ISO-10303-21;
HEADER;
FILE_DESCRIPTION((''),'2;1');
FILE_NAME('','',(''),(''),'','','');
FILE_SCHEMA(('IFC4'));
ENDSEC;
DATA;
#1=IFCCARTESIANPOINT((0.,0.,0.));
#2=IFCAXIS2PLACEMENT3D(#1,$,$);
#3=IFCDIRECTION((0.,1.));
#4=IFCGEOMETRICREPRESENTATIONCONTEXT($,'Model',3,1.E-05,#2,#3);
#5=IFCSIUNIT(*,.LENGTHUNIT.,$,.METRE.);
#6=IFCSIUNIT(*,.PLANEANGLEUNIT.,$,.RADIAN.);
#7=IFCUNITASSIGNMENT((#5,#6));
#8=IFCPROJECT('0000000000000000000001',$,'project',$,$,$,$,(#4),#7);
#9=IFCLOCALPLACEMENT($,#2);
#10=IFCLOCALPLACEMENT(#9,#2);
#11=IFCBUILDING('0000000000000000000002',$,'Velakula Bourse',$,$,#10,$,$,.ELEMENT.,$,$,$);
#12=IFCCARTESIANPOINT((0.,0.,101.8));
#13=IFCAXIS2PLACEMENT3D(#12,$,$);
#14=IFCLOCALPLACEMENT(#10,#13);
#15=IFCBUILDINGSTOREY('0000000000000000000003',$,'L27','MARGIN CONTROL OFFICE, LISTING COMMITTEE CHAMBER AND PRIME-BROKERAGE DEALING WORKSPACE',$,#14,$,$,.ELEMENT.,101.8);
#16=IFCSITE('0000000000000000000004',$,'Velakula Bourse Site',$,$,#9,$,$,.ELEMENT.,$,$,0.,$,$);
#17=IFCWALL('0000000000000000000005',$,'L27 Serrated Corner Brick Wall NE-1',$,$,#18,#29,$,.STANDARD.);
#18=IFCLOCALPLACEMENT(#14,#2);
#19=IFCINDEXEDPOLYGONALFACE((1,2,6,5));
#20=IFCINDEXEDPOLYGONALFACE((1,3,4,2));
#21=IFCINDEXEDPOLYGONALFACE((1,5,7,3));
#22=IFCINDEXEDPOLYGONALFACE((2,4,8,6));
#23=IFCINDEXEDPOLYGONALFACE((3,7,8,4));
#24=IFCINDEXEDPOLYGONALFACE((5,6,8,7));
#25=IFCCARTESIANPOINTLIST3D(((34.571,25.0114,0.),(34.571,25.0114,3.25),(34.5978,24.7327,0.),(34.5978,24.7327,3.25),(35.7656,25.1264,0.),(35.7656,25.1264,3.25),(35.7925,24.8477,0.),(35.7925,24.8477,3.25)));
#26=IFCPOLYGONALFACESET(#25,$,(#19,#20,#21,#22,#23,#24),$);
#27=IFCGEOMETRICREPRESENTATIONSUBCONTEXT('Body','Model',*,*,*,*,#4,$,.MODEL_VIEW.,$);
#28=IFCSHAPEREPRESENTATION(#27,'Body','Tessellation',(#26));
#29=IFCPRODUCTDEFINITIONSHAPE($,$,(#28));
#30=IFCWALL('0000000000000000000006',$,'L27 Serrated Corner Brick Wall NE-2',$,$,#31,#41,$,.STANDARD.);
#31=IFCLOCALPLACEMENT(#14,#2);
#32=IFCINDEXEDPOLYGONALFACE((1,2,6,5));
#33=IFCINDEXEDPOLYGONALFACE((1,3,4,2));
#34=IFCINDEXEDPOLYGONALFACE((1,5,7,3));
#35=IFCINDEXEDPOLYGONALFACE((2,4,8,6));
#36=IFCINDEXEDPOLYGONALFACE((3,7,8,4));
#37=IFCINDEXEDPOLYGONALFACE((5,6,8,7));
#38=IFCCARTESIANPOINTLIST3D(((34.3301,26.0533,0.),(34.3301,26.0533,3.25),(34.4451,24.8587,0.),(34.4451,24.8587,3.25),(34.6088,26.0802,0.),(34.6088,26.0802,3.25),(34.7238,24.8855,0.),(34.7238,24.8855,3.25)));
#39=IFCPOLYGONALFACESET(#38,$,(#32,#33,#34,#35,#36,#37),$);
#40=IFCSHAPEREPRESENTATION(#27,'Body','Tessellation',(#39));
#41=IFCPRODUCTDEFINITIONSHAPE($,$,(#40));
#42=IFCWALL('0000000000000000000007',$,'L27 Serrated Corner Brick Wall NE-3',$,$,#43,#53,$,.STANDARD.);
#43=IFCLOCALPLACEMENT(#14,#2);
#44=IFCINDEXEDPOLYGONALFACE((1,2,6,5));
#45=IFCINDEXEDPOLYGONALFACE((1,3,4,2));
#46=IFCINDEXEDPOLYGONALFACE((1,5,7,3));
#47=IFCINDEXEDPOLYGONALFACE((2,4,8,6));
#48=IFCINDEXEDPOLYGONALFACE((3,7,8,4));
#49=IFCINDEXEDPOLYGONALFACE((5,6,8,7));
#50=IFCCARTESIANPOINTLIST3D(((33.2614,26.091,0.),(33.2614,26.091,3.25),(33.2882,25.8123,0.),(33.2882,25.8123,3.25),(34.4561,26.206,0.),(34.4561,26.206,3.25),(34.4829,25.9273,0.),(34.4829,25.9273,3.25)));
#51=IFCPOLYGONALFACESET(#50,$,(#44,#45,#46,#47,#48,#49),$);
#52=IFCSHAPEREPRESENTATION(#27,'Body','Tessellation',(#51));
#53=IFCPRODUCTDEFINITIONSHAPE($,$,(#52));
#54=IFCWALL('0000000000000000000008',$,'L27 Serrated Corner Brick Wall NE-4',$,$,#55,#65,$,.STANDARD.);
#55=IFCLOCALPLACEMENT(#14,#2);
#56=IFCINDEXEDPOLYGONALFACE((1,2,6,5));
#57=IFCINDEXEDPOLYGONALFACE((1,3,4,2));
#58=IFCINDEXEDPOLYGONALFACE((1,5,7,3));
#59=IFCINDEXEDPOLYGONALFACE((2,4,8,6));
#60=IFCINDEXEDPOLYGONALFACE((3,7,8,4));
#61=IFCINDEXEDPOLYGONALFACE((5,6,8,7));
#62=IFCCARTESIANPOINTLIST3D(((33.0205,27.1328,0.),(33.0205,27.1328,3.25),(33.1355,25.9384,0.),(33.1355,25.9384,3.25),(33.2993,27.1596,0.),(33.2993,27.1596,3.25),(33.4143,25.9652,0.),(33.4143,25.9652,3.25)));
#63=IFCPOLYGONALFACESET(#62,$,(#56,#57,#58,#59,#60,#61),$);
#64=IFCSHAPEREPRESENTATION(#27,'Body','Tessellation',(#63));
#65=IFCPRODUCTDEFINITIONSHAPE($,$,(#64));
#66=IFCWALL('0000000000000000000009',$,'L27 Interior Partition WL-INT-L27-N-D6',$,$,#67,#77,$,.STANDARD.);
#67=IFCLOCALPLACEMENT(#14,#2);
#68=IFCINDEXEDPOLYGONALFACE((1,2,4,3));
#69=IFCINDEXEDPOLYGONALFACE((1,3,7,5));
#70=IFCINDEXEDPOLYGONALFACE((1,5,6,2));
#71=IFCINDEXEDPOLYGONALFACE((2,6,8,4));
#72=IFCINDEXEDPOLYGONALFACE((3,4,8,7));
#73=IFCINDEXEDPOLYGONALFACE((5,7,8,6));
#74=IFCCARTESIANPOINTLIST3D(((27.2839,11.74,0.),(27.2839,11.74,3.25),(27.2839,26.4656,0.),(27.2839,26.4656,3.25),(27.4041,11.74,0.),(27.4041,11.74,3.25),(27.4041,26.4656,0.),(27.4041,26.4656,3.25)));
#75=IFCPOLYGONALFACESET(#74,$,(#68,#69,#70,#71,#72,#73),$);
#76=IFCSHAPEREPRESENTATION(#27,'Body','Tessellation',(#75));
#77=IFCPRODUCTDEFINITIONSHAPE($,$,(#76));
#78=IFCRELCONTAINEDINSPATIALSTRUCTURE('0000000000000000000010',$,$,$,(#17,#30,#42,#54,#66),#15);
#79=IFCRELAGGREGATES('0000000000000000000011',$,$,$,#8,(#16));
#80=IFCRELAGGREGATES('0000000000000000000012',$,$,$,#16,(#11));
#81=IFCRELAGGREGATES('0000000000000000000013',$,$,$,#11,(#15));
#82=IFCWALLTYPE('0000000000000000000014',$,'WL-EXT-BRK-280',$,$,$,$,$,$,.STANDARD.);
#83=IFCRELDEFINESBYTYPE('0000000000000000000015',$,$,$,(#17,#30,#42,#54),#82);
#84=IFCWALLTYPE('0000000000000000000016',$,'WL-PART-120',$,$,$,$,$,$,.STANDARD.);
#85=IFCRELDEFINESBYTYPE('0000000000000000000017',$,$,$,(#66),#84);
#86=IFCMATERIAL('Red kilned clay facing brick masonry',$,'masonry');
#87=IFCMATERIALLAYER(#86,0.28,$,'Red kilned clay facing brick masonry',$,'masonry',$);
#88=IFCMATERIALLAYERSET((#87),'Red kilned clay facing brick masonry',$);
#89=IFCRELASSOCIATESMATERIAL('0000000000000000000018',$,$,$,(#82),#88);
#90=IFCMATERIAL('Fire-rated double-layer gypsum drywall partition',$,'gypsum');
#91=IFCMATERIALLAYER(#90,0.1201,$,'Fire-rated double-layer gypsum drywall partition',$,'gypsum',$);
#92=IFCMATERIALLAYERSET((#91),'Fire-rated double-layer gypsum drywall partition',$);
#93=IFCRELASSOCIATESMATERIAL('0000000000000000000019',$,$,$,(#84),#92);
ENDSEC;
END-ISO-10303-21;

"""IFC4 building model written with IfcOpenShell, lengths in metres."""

from ifc_helpers import new_model, si_unit, direction, frame, frame_2d, origin, place, context, subcontext, project, spatial, rectangle, extrude, material, layer, layer_set, type_object, element, save


model = new_model("IFC4")

# Units and contexts
model_context = context("Model", 3, precision=1e-05, world=origin(), true_north=direction((0.0, 1.0)))
body_context = subcontext(model_context, "Body", "Model", "MODEL_VIEW")
ifc_project = project(units=[si_unit("LENGTHUNIT", "METRE"), si_unit("PLANEANGLEUNIT", "RADIAN")], contexts=[model_context])

# Site, building, storey
site_placement = place(None, origin())
site = spatial("IfcSite", under=ifc_project, at=site_placement, Name="Velakula Bourse Site", CompositionType="ELEMENT", RefElevation=0.0)
building_placement = place(site_placement, origin())
building = spatial("IfcBuilding", under=site, at=building_placement, Name="Velakula Bourse", CompositionType="ELEMENT")
storey_placement = place(building_placement, frame((0.0, 0.0, 101.8)))
storey = spatial("IfcBuildingStorey", under=building, at=storey_placement, Name="L27", Description="MARGIN CONTROL OFFICE, LISTING COMMITTEE CHAMBER AND PRIME-BROKERAGE DEALING WORKSPACE", CompositionType="ELEMENT", Elevation=101.8)

# Shared definitions
ifc_material_1 = material(Name="Red kilned clay facing brick masonry", Category="masonry")
ifc_layer_1 = layer(ifc_material_1, 0.28, Name="Red kilned clay facing brick masonry", Category="masonry")
ifc_layer_set_1 = layer_set([ifc_layer_1], Name="Red kilned clay facing brick masonry")
wall_type_1 = type_object("IfcWallType", Name="WL-EXT-BRK-280", PredefinedType="STANDARD", material=ifc_layer_set_1)

# Walls
for number, where, z_axis, x_axis, name in (
    (1, (35.7791, 24.9871, 0.0), (0.0, 0.0, 1.0), (-0.995399, -0.095817, 0.0), "L27 Serrated Corner Brick Wall NE-1"),
    (2, (34.5845, 24.8721, 0.0), (0.0, 0.0, 1.0), (-0.095817, 0.995399, 0.0), "L27 Serrated Corner Brick Wall NE-2"),
    (3, (34.4695, 26.0667, 0.0), (0.0, 0.0, 1.0), (-0.995399, -0.095817, 0.0), "L27 Serrated Corner Brick Wall NE-3"),
):
    element("IfcWall", number, at=place(storey_placement, frame(where, z_axis=z_axis, x_axis=x_axis)), inside=storey, type_object=wall_type_1, Name=name, PredefinedType="STANDARD", context=body_context, shape_type="SweptSolid", body=[
        extrude(rectangle(XDim=1.2002, YDim=0.28, at=frame_2d((0.6001, 0.0))), origin(), (0.0, 0.0, 1.0), 3.25),
    ])
wall_1_placement = place(storey_placement, frame((33.2749, 25.9517, 0.0), z_axis=(0.0, 0.0, 1.0), x_axis=(-0.095836, 0.995397, 0.0)))
element("IfcWall", 4, at=wall_1_placement, inside=storey, type_object=wall_type_1, Name="L27 Serrated Corner Brick Wall NE-4", PredefinedType="STANDARD", context=body_context, shape_type="SweptSolid", body=[
    extrude(rectangle(XDim=1.2, YDim=0.28, at=frame_2d((0.6001, 0.0))), origin(), (0.0, 0.0, 1.0), 3.25),
])
ifc_material_2 = material(Name="Fire-rated double-layer gypsum drywall partition", Category="gypsum")
ifc_layer_2 = layer(ifc_material_2, 0.1201, Name="Fire-rated double-layer gypsum drywall partition", Category="gypsum")
ifc_layer_set_2 = layer_set([ifc_layer_2], Name="Fire-rated double-layer gypsum drywall partition")
wall_type_2 = type_object("IfcWallType", Name="WL-PART-120", PredefinedType="STANDARD", material=ifc_layer_set_2)
wall_2_placement = place(storey_placement, frame((27.344, 11.74, 0.0), z_axis=(0.0, 0.0, 1.0), x_axis=(0.0, 1.0, 0.0)))
element("IfcWall", 5, at=wall_2_placement, inside=storey, type_object=wall_type_2, Name="L27 Interior Partition WL-INT-L27-N-D6", PredefinedType="STANDARD", context=body_context, shape_type="SweptSolid", body=[
    extrude(rectangle(XDim=14.7256, YDim=0.1201, at=frame_2d((7.3628, 0.0))), origin(), (0.0, 0.0, 1.0), 3.25),
])

save(model, "model.ifc")
